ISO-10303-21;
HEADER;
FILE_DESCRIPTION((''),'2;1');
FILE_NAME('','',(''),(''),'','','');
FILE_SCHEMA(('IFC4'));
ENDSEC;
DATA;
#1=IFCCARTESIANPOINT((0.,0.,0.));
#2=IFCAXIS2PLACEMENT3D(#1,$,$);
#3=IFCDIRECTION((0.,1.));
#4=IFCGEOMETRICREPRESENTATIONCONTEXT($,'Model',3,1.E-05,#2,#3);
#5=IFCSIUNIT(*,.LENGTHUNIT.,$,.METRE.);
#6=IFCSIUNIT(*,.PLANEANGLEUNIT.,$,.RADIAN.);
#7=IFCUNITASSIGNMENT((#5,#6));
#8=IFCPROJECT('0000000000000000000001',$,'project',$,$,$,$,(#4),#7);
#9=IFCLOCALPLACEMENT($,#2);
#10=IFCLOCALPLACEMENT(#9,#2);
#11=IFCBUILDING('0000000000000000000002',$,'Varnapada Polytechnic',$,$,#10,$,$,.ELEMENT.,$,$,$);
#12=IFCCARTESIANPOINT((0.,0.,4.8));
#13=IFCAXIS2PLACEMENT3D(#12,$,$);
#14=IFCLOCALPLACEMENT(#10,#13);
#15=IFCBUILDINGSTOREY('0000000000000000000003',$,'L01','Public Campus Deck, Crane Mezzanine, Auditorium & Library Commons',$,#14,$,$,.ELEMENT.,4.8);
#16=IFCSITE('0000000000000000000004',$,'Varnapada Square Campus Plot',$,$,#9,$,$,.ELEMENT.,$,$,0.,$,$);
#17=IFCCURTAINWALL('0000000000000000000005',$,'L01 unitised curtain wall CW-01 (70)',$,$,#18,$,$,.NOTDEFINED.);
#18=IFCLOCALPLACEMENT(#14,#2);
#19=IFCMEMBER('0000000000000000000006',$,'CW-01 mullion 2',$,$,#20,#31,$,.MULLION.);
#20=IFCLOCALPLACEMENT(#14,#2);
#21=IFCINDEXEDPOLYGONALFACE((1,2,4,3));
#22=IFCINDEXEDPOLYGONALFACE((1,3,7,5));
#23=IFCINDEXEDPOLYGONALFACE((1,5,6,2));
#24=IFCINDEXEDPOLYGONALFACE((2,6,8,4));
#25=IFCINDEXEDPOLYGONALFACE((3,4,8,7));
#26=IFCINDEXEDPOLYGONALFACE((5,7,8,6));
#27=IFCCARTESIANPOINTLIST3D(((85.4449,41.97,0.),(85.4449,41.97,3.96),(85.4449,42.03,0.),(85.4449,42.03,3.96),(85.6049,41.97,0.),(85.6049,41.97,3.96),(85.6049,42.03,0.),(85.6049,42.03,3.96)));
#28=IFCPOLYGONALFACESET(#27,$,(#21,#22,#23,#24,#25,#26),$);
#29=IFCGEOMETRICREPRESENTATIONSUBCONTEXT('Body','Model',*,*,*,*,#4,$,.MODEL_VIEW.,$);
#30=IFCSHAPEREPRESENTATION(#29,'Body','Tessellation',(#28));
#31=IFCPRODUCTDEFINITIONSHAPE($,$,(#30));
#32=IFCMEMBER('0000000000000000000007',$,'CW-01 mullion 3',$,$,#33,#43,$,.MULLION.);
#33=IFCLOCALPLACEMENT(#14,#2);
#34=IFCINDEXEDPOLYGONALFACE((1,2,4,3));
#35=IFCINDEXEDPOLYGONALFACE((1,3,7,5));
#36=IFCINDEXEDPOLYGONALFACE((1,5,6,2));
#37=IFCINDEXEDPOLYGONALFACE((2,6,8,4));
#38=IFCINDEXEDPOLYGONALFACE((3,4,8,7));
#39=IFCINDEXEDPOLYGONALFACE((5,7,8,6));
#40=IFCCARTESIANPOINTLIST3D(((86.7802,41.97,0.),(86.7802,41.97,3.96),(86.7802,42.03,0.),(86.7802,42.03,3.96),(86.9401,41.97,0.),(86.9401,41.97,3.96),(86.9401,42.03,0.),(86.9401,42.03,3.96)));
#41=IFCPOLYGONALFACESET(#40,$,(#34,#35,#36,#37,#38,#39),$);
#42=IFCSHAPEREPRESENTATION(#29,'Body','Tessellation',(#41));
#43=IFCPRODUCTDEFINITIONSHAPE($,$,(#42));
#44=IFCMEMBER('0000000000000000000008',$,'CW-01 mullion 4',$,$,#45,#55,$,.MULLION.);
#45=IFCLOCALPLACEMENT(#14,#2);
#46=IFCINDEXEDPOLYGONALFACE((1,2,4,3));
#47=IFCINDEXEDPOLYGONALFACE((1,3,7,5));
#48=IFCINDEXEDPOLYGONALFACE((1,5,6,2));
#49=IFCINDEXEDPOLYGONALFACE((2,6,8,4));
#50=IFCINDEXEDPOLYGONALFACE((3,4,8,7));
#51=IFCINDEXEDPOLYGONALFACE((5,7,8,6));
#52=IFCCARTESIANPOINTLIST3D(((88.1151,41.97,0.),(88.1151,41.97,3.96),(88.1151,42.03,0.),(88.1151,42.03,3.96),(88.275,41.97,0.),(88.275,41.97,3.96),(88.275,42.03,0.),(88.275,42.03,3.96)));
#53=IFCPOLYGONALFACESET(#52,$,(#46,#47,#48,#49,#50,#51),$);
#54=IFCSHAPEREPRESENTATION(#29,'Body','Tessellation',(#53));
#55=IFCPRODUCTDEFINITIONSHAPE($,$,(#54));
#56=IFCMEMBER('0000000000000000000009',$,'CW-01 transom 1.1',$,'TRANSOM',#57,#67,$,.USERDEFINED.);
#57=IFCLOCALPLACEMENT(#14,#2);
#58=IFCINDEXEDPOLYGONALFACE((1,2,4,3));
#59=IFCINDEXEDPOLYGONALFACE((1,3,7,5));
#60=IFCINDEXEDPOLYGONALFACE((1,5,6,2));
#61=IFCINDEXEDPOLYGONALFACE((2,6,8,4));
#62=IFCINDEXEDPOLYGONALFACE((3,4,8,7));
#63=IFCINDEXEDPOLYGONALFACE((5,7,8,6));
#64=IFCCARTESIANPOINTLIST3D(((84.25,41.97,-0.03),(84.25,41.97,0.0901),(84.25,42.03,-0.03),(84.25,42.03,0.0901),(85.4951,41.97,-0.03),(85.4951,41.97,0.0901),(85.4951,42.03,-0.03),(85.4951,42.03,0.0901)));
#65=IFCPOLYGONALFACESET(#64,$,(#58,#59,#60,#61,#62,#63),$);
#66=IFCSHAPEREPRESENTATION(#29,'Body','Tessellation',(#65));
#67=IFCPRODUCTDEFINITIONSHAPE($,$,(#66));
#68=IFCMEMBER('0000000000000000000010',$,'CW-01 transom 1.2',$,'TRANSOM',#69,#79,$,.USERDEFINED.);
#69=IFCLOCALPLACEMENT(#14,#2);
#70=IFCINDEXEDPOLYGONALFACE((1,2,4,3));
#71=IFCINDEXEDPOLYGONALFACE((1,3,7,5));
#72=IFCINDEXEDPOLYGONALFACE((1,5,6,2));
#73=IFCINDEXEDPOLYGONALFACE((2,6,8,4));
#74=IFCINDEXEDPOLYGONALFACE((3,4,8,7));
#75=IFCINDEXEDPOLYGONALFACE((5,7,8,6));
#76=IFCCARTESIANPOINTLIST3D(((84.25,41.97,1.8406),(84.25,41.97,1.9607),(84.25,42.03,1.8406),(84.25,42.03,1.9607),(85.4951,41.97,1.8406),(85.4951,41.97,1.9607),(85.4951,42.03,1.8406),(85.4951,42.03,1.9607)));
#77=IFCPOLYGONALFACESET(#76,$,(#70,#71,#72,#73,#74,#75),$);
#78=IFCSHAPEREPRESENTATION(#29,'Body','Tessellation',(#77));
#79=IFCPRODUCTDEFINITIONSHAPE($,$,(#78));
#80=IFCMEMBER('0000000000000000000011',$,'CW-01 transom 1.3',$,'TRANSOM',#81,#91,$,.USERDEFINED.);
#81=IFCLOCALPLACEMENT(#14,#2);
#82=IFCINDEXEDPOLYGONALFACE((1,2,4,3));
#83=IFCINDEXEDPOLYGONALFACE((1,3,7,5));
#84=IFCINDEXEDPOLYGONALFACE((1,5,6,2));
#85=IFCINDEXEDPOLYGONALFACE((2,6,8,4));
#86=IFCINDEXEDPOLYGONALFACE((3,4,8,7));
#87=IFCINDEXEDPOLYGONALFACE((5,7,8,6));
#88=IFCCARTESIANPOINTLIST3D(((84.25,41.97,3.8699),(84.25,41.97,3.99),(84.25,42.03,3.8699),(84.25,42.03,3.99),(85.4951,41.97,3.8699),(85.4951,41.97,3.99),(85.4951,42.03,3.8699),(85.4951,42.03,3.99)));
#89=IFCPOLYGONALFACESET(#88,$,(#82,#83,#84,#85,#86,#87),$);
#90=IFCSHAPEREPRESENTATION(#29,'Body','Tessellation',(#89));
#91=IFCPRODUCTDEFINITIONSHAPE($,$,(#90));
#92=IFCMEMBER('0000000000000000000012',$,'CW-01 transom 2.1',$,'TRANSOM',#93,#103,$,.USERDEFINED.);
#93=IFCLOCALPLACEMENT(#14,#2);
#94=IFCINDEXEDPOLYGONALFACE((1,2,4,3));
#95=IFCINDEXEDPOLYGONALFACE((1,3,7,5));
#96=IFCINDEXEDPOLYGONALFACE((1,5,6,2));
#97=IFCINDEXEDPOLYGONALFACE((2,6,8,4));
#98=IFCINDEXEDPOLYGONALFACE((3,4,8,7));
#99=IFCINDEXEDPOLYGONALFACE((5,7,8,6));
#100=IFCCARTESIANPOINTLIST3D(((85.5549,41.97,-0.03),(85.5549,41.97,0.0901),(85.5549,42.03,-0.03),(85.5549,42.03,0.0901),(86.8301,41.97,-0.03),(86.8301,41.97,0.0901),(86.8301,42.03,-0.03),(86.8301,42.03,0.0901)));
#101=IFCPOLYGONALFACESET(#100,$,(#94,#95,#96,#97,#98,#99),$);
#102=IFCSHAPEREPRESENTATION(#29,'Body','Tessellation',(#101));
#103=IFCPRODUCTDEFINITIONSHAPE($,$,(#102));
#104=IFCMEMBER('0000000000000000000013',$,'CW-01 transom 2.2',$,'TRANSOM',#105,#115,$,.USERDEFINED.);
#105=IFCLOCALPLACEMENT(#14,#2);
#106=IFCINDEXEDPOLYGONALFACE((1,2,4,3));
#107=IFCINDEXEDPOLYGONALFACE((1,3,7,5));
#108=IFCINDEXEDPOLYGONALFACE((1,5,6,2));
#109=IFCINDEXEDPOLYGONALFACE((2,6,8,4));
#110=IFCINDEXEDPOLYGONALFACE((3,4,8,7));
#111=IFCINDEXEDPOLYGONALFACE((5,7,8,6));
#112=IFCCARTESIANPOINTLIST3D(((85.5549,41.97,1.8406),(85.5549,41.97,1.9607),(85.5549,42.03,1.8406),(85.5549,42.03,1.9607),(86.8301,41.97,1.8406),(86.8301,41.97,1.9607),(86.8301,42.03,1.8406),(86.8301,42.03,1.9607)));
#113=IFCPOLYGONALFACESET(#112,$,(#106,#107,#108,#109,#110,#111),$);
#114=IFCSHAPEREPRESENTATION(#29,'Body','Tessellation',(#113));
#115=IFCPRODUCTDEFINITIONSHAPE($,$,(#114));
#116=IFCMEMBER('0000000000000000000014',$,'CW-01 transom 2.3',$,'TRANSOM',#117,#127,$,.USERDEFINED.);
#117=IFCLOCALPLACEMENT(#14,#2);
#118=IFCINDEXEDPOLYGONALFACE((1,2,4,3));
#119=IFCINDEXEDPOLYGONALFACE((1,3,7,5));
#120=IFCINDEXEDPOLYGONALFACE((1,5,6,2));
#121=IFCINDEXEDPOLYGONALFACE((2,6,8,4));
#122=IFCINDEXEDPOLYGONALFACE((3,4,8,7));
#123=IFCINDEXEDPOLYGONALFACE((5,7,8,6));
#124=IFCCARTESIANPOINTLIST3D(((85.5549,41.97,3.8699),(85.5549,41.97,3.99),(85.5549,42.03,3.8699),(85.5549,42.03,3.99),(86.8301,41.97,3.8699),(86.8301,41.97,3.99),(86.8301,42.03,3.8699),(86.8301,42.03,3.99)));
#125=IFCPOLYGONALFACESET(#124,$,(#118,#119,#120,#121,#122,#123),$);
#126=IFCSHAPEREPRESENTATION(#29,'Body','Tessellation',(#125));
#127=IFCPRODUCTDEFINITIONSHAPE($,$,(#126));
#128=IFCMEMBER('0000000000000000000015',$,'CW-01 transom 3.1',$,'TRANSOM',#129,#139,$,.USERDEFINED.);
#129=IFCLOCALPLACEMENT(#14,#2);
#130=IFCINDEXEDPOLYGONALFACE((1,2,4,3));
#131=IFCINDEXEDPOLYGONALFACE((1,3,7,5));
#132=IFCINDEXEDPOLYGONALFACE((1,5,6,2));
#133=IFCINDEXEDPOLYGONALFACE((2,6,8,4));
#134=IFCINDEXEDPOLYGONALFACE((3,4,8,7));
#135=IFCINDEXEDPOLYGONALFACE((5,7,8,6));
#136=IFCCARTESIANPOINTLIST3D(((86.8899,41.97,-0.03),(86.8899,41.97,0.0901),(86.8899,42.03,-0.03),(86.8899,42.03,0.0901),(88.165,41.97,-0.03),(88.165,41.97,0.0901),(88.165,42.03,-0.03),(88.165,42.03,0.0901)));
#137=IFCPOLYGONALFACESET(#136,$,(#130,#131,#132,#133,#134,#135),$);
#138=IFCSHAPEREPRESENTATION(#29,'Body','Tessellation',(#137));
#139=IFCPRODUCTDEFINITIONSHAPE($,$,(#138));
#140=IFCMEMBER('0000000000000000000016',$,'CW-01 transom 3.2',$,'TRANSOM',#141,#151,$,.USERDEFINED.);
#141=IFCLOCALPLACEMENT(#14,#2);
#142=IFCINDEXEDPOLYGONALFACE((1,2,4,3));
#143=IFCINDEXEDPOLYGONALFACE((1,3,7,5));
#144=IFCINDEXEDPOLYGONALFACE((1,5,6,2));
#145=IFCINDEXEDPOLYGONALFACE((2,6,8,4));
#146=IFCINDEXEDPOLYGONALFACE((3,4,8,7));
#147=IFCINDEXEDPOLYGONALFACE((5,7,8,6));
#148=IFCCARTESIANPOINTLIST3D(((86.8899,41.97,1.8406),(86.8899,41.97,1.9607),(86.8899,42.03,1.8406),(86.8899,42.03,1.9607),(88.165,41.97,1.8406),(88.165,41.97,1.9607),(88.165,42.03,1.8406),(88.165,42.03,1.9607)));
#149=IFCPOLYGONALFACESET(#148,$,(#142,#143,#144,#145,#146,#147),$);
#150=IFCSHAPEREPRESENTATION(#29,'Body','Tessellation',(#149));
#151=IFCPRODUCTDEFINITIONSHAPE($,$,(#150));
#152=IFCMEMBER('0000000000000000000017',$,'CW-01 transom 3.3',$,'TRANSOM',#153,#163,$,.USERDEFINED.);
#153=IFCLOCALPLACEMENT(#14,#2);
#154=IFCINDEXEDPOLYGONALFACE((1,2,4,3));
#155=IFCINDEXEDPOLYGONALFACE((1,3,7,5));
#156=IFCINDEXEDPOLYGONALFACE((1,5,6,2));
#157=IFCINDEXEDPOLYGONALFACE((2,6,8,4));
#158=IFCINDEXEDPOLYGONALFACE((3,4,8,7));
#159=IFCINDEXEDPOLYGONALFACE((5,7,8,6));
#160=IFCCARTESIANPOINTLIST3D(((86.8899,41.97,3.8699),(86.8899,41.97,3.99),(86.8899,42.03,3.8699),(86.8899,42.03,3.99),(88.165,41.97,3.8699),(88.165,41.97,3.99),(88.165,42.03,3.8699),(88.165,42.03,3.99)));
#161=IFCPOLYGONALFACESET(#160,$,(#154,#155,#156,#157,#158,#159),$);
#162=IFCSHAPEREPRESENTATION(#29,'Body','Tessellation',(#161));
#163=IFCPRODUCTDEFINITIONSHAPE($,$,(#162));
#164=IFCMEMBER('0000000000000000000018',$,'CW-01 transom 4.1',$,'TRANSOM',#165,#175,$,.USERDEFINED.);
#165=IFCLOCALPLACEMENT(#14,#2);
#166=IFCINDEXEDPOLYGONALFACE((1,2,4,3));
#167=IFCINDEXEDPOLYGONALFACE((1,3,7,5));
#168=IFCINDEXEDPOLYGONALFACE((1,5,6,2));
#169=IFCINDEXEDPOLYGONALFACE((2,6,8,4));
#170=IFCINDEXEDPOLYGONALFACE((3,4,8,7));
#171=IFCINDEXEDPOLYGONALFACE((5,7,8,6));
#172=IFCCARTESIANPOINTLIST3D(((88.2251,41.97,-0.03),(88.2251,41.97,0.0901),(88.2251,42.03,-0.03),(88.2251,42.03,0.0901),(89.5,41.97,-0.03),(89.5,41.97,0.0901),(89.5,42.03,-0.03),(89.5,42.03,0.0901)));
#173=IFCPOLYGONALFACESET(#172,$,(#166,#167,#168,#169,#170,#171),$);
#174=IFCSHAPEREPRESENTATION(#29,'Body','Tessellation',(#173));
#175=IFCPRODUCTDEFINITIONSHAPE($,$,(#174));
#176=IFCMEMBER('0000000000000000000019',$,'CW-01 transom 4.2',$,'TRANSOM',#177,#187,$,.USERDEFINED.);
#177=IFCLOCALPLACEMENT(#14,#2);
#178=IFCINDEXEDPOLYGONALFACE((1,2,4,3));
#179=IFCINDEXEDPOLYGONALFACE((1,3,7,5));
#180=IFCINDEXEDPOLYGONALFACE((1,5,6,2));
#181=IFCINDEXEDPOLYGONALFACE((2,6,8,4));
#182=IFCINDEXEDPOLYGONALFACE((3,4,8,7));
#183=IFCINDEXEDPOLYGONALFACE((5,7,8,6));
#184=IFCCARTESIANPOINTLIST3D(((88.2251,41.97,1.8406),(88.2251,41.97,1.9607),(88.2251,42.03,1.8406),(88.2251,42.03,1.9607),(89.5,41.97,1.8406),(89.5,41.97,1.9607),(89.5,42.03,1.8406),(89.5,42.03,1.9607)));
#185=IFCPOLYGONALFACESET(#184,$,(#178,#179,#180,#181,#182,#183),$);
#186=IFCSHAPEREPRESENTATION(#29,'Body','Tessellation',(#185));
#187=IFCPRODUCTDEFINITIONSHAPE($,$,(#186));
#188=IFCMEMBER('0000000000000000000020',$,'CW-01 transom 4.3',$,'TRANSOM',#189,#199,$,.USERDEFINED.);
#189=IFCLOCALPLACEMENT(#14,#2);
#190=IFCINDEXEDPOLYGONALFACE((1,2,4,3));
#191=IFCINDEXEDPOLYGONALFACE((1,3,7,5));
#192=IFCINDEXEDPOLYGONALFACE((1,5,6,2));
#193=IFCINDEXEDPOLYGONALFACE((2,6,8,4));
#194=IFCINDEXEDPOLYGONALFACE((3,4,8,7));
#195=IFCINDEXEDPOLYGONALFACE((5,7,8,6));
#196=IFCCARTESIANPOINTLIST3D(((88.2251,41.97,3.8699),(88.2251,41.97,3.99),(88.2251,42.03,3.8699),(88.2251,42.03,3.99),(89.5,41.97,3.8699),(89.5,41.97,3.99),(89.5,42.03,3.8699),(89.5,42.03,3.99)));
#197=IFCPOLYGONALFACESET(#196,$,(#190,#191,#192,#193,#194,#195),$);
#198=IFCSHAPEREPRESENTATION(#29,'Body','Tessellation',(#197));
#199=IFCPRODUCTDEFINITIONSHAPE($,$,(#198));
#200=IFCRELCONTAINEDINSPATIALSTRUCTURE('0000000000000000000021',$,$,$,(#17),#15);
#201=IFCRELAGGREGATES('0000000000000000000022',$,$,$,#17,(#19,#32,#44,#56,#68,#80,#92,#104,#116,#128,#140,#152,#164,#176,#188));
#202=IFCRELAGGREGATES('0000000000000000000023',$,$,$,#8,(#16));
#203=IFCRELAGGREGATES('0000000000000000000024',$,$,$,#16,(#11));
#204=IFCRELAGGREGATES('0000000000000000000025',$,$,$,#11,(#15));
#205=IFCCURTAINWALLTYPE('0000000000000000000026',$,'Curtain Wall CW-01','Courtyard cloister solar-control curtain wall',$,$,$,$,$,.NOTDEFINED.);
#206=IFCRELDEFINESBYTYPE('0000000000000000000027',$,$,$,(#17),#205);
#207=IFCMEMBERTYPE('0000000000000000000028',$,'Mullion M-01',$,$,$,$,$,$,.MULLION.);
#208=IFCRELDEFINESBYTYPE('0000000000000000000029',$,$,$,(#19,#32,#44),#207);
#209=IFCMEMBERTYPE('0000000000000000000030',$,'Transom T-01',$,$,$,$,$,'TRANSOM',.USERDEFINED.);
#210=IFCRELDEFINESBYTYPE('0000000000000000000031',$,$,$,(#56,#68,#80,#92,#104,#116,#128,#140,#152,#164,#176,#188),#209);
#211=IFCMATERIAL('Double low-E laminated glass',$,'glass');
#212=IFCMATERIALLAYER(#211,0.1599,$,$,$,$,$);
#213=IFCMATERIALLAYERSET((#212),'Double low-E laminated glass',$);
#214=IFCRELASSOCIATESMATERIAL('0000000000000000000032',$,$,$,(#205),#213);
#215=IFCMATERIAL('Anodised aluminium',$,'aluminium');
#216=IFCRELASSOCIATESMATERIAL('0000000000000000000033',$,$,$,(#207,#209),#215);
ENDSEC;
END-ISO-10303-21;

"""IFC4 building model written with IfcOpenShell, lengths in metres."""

from ifc_helpers import new_model, si_unit, direction, frame, origin, origin_2d, place, context, subcontext, project, spatial, rectangle, extrude, material, layer, layer_set, material_profile, profile_set, type_object, element, aggregate, save


model = new_model("IFC4")

# Units and contexts
model_context = context("Model", 3, precision=1e-05, world=origin(), true_north=direction((0.0, 1.0)))
body_context = subcontext(model_context, "Body", "Model", "MODEL_VIEW")
ifc_project = project(units=[si_unit("LENGTHUNIT", "METRE"), si_unit("PLANEANGLEUNIT", "RADIAN")], contexts=[model_context])

# Site, building, storey
site_placement = place(None, origin())
site = spatial("IfcSite", under=ifc_project, at=site_placement, Name="Varnapada Square Campus Plot", CompositionType="ELEMENT", RefElevation=0.0)
building_placement = place(site_placement, origin())
building = spatial("IfcBuilding", under=site, at=building_placement, Name="Varnapada Polytechnic", CompositionType="ELEMENT")
storey_placement = place(building_placement, frame((0.0, 0.0, 4.8)))
storey = spatial("IfcBuildingStorey", under=building, at=storey_placement, Name="L01", Description="Public Campus Deck, Crane Mezzanine, Auditorium & Library Commons", CompositionType="ELEMENT", Elevation=4.8)

# Curtain wall, members
ifc_material_1 = material(Name="Double low-E laminated glass", Category="glass")
ifc_layer_1 = layer(ifc_material_1, 0.1599)
ifc_layer_set_1 = layer_set([ifc_layer_1], Name="Double low-E laminated glass")
curtain_wall_type = type_object("IfcCurtainWallType", Name="Curtain Wall CW-01", Description="Courtyard cloister solar-control curtain wall", PredefinedType="NOTDEFINED", material=ifc_layer_set_1)
curtain_wall_placement = place(storey_placement, origin())
curtain_wall = element("IfcCurtainWall", 1, at=curtain_wall_placement, inside=storey, type_object=curtain_wall_type, Name="L01 unitised curtain wall CW-01 (70)", PredefinedType="NOTDEFINED")
ifc_material_2 = material(Name="Anodised aluminium", Category="aluminium")
ifc_material_profile_1 = material_profile(ifc_material_2, rectangle(XDim=0.0601, YDim=0.1599, at=origin_2d()), Name="ALU M60x160")
ifc_profile_set_1 = profile_set([ifc_material_profile_1], Name="Anodised aluminium")
member_type_1 = type_object("IfcMemberType", Name="Mullion M-01", PredefinedType="MULLION", material=ifc_profile_set_1)
member_1_placement = place(storey_placement, frame((85.5249, 42.0, 0.0), z_axis=(0.0, 0.0, 1.0), x_axis=(0.0, 1.0, 0.0)))
member_1 = element("IfcMember", 2, at=member_1_placement, type_object=member_type_1, Name="CW-01 mullion 2", PredefinedType="MULLION", context=body_context, shape_type="SweptSolid", body=[
    extrude(rectangle(XDim=0.0601, YDim=0.1599, at=origin_2d()), origin(), (0.0, 0.0, 1.0), 3.96),
])
member_2_placement = place(storey_placement, frame((86.8601, 42.0, 0.0), z_axis=(0.0, 0.0, 1.0), x_axis=(0.0, 1.0, 0.0)))
member_2 = element("IfcMember", 3, at=member_2_placement, type_object=member_type_1, Name="CW-01 mullion 3", PredefinedType="MULLION", context=body_context, shape_type="SweptSolid", body=[
    extrude(rectangle(XDim=0.0601, YDim=0.1599, at=origin_2d()), origin(), (0.0, 0.0, 1.0), 3.96),
])
member_3_placement = place(storey_placement, frame((88.1951, 42.0, 0.0), z_axis=(0.0, 0.0, 1.0), x_axis=(0.0, 1.0, 0.0)))
member_3 = element("IfcMember", 4, at=member_3_placement, type_object=member_type_1, Name="CW-01 mullion 4", PredefinedType="MULLION", context=body_context, shape_type="SweptSolid", body=[
    extrude(rectangle(XDim=0.0601, YDim=0.1599, at=origin_2d()), origin(), (0.0, 0.0, 1.0), 3.96),
])
ifc_material_profile_2 = material_profile(ifc_material_2, rectangle(XDim=0.0601, YDim=0.1201, at=origin_2d()), Name="ALU T60x120")
ifc_profile_set_2 = profile_set([ifc_material_profile_2], Name="Anodised aluminium")
member_type_2 = type_object("IfcMemberType", Name="Transom T-01", ElementType="TRANSOM", PredefinedType="USERDEFINED", material=ifc_profile_set_2)
member_4_placement = place(storey_placement, frame((84.25, 42.0, 0.03), z_axis=(1.0, 0.0, 0.0), x_axis=(0.0, 1.0, 0.0)))
member_4 = element("IfcMember", 5, at=member_4_placement, type_object=member_type_2, Name="CW-01 transom 1.1", ObjectType="TRANSOM", PredefinedType="USERDEFINED", context=body_context, shape_type="SweptSolid", body=[
    extrude(rectangle(XDim=0.0601, YDim=0.1201, at=origin_2d()), origin(), (0.0, 0.0, 1.0), 1.2451),
])
member_5_placement = place(storey_placement, frame((84.25, 42.0, 1.9006), z_axis=(1.0, 0.0, 0.0), x_axis=(0.0, 1.0, 0.0)))
member_5 = element("IfcMember", 6, at=member_5_placement, type_object=member_type_2, Name="CW-01 transom 1.2", ObjectType="TRANSOM", PredefinedType="USERDEFINED", context=body_context, shape_type="SweptSolid", body=[
    extrude(rectangle(XDim=0.0601, YDim=0.1201, at=origin_2d()), origin(), (0.0, 0.0, 1.0), 1.2451),
])
member_6_placement = place(storey_placement, frame((84.25, 42.0, 3.9299), z_axis=(1.0, 0.0, 0.0), x_axis=(0.0, 1.0, 0.0)))
member_6 = element("IfcMember", 7, at=member_6_placement, type_object=member_type_2, Name="CW-01 transom 1.3", ObjectType="TRANSOM", PredefinedType="USERDEFINED", context=body_context, shape_type="SweptSolid", body=[
    extrude(rectangle(XDim=0.0601, YDim=0.1201, at=origin_2d()), origin(), (0.0, 0.0, 1.0), 1.2451),
])
member_7_placement = place(storey_placement, frame((85.5549, 42.0, 0.03), z_axis=(1.0, 0.0, 0.0), x_axis=(0.0, 1.0, 0.0)))
member_7 = element("IfcMember", 8, at=member_7_placement, type_object=member_type_2, Name="CW-01 transom 2.1", ObjectType="TRANSOM", PredefinedType="USERDEFINED", context=body_context, shape_type="SweptSolid", body=[
    extrude(rectangle(XDim=0.0601, YDim=0.1201, at=origin_2d()), origin(), (0.0, 0.0, 1.0), 1.2751),
])
member_8_placement = place(storey_placement, frame((85.5549, 42.0, 1.9006), z_axis=(1.0, 0.0, 0.0), x_axis=(0.0, 1.0, 0.0)))
member_8 = element("IfcMember", 9, at=member_8_placement, type_object=member_type_2, Name="CW-01 transom 2.2", ObjectType="TRANSOM", PredefinedType="USERDEFINED", context=body_context, shape_type="SweptSolid", body=[
    extrude(rectangle(XDim=0.0601, YDim=0.1201, at=origin_2d()), origin(), (0.0, 0.0, 1.0), 1.2751),
])
member_9_placement = place(storey_placement, frame((85.5549, 42.0, 3.9299), z_axis=(1.0, 0.0, 0.0), x_axis=(0.0, 1.0, 0.0)))
member_9 = element("IfcMember", 10, at=member_9_placement, type_object=member_type_2, Name="CW-01 transom 2.3", ObjectType="TRANSOM", PredefinedType="USERDEFINED", context=body_context, shape_type="SweptSolid", body=[
    extrude(rectangle(XDim=0.0601, YDim=0.1201, at=origin_2d()), origin(), (0.0, 0.0, 1.0), 1.2751),
])
member_10_placement = place(storey_placement, frame((86.8899, 42.0, 0.03), z_axis=(1.0, 0.0, 0.0), x_axis=(0.0, 1.0, 0.0)))
member_10 = element("IfcMember", 11, at=member_10_placement, type_object=member_type_2, Name="CW-01 transom 3.1", ObjectType="TRANSOM", PredefinedType="USERDEFINED", context=body_context, shape_type="SweptSolid", body=[
    extrude(rectangle(XDim=0.0601, YDim=0.1201, at=origin_2d()), origin(), (0.0, 0.0, 1.0), 1.2751),
])
member_11_placement = place(storey_placement, frame((86.8899, 42.0, 1.9006), z_axis=(1.0, 0.0, 0.0), x_axis=(0.0, 1.0, 0.0)))
member_11 = element("IfcMember", 12, at=member_11_placement, type_object=member_type_2, Name="CW-01 transom 3.2", ObjectType="TRANSOM", PredefinedType="USERDEFINED", context=body_context, shape_type="SweptSolid", body=[
    extrude(rectangle(XDim=0.0601, YDim=0.1201, at=origin_2d()), origin(), (0.0, 0.0, 1.0), 1.2751),
])
member_12_placement = place(storey_placement, frame((86.8899, 42.0, 3.9299), z_axis=(1.0, 0.0, 0.0), x_axis=(0.0, 1.0, 0.0)))
member_12 = element("IfcMember", 13, at=member_12_placement, type_object=member_type_2, Name="CW-01 transom 3.3", ObjectType="TRANSOM", PredefinedType="USERDEFINED", context=body_context, shape_type="SweptSolid", body=[
    extrude(rectangle(XDim=0.0601, YDim=0.1201, at=origin_2d()), origin(), (0.0, 0.0, 1.0), 1.2751),
])
member_13_placement = place(storey_placement, frame((88.2251, 42.0, 0.03), z_axis=(1.0, 0.0, 0.0), x_axis=(0.0, 1.0, 0.0)))
member_13 = element("IfcMember", 14, at=member_13_placement, type_object=member_type_2, Name="CW-01 transom 4.1", ObjectType="TRANSOM", PredefinedType="USERDEFINED", context=body_context, shape_type="SweptSolid", body=[
    extrude(rectangle(XDim=0.0601, YDim=0.1201, at=origin_2d()), origin(), (0.0, 0.0, 1.0), 1.2749),
])
member_14_placement = place(storey_placement, frame((88.2251, 42.0, 1.9006), z_axis=(1.0, 0.0, 0.0), x_axis=(0.0, 1.0, 0.0)))
member_14 = element("IfcMember", 15, at=member_14_placement, type_object=member_type_2, Name="CW-01 transom 4.2", ObjectType="TRANSOM", PredefinedType="USERDEFINED", context=body_context, shape_type="SweptSolid", body=[
    extrude(rectangle(XDim=0.0601, YDim=0.1201, at=origin_2d()), origin(), (0.0, 0.0, 1.0), 1.2749),
])
member_15_placement = place(storey_placement, frame((88.2251, 42.0, 3.9299), z_axis=(1.0, 0.0, 0.0), x_axis=(0.0, 1.0, 0.0)))
member_15 = element("IfcMember", 16, at=member_15_placement, type_object=member_type_2, Name="CW-01 transom 4.3", ObjectType="TRANSOM", PredefinedType="USERDEFINED", context=body_context, shape_type="SweptSolid", body=[
    extrude(rectangle(XDim=0.0601, YDim=0.1201, at=origin_2d()), origin(), (0.0, 0.0, 1.0), 1.2749),
])
aggregate(curtain_wall, [member_1, member_2, member_3, member_4, member_5, member_6, member_7, member_8, member_9, member_10, member_11, member_12, member_13, member_14, member_15])

save(model, "model.ifc")
